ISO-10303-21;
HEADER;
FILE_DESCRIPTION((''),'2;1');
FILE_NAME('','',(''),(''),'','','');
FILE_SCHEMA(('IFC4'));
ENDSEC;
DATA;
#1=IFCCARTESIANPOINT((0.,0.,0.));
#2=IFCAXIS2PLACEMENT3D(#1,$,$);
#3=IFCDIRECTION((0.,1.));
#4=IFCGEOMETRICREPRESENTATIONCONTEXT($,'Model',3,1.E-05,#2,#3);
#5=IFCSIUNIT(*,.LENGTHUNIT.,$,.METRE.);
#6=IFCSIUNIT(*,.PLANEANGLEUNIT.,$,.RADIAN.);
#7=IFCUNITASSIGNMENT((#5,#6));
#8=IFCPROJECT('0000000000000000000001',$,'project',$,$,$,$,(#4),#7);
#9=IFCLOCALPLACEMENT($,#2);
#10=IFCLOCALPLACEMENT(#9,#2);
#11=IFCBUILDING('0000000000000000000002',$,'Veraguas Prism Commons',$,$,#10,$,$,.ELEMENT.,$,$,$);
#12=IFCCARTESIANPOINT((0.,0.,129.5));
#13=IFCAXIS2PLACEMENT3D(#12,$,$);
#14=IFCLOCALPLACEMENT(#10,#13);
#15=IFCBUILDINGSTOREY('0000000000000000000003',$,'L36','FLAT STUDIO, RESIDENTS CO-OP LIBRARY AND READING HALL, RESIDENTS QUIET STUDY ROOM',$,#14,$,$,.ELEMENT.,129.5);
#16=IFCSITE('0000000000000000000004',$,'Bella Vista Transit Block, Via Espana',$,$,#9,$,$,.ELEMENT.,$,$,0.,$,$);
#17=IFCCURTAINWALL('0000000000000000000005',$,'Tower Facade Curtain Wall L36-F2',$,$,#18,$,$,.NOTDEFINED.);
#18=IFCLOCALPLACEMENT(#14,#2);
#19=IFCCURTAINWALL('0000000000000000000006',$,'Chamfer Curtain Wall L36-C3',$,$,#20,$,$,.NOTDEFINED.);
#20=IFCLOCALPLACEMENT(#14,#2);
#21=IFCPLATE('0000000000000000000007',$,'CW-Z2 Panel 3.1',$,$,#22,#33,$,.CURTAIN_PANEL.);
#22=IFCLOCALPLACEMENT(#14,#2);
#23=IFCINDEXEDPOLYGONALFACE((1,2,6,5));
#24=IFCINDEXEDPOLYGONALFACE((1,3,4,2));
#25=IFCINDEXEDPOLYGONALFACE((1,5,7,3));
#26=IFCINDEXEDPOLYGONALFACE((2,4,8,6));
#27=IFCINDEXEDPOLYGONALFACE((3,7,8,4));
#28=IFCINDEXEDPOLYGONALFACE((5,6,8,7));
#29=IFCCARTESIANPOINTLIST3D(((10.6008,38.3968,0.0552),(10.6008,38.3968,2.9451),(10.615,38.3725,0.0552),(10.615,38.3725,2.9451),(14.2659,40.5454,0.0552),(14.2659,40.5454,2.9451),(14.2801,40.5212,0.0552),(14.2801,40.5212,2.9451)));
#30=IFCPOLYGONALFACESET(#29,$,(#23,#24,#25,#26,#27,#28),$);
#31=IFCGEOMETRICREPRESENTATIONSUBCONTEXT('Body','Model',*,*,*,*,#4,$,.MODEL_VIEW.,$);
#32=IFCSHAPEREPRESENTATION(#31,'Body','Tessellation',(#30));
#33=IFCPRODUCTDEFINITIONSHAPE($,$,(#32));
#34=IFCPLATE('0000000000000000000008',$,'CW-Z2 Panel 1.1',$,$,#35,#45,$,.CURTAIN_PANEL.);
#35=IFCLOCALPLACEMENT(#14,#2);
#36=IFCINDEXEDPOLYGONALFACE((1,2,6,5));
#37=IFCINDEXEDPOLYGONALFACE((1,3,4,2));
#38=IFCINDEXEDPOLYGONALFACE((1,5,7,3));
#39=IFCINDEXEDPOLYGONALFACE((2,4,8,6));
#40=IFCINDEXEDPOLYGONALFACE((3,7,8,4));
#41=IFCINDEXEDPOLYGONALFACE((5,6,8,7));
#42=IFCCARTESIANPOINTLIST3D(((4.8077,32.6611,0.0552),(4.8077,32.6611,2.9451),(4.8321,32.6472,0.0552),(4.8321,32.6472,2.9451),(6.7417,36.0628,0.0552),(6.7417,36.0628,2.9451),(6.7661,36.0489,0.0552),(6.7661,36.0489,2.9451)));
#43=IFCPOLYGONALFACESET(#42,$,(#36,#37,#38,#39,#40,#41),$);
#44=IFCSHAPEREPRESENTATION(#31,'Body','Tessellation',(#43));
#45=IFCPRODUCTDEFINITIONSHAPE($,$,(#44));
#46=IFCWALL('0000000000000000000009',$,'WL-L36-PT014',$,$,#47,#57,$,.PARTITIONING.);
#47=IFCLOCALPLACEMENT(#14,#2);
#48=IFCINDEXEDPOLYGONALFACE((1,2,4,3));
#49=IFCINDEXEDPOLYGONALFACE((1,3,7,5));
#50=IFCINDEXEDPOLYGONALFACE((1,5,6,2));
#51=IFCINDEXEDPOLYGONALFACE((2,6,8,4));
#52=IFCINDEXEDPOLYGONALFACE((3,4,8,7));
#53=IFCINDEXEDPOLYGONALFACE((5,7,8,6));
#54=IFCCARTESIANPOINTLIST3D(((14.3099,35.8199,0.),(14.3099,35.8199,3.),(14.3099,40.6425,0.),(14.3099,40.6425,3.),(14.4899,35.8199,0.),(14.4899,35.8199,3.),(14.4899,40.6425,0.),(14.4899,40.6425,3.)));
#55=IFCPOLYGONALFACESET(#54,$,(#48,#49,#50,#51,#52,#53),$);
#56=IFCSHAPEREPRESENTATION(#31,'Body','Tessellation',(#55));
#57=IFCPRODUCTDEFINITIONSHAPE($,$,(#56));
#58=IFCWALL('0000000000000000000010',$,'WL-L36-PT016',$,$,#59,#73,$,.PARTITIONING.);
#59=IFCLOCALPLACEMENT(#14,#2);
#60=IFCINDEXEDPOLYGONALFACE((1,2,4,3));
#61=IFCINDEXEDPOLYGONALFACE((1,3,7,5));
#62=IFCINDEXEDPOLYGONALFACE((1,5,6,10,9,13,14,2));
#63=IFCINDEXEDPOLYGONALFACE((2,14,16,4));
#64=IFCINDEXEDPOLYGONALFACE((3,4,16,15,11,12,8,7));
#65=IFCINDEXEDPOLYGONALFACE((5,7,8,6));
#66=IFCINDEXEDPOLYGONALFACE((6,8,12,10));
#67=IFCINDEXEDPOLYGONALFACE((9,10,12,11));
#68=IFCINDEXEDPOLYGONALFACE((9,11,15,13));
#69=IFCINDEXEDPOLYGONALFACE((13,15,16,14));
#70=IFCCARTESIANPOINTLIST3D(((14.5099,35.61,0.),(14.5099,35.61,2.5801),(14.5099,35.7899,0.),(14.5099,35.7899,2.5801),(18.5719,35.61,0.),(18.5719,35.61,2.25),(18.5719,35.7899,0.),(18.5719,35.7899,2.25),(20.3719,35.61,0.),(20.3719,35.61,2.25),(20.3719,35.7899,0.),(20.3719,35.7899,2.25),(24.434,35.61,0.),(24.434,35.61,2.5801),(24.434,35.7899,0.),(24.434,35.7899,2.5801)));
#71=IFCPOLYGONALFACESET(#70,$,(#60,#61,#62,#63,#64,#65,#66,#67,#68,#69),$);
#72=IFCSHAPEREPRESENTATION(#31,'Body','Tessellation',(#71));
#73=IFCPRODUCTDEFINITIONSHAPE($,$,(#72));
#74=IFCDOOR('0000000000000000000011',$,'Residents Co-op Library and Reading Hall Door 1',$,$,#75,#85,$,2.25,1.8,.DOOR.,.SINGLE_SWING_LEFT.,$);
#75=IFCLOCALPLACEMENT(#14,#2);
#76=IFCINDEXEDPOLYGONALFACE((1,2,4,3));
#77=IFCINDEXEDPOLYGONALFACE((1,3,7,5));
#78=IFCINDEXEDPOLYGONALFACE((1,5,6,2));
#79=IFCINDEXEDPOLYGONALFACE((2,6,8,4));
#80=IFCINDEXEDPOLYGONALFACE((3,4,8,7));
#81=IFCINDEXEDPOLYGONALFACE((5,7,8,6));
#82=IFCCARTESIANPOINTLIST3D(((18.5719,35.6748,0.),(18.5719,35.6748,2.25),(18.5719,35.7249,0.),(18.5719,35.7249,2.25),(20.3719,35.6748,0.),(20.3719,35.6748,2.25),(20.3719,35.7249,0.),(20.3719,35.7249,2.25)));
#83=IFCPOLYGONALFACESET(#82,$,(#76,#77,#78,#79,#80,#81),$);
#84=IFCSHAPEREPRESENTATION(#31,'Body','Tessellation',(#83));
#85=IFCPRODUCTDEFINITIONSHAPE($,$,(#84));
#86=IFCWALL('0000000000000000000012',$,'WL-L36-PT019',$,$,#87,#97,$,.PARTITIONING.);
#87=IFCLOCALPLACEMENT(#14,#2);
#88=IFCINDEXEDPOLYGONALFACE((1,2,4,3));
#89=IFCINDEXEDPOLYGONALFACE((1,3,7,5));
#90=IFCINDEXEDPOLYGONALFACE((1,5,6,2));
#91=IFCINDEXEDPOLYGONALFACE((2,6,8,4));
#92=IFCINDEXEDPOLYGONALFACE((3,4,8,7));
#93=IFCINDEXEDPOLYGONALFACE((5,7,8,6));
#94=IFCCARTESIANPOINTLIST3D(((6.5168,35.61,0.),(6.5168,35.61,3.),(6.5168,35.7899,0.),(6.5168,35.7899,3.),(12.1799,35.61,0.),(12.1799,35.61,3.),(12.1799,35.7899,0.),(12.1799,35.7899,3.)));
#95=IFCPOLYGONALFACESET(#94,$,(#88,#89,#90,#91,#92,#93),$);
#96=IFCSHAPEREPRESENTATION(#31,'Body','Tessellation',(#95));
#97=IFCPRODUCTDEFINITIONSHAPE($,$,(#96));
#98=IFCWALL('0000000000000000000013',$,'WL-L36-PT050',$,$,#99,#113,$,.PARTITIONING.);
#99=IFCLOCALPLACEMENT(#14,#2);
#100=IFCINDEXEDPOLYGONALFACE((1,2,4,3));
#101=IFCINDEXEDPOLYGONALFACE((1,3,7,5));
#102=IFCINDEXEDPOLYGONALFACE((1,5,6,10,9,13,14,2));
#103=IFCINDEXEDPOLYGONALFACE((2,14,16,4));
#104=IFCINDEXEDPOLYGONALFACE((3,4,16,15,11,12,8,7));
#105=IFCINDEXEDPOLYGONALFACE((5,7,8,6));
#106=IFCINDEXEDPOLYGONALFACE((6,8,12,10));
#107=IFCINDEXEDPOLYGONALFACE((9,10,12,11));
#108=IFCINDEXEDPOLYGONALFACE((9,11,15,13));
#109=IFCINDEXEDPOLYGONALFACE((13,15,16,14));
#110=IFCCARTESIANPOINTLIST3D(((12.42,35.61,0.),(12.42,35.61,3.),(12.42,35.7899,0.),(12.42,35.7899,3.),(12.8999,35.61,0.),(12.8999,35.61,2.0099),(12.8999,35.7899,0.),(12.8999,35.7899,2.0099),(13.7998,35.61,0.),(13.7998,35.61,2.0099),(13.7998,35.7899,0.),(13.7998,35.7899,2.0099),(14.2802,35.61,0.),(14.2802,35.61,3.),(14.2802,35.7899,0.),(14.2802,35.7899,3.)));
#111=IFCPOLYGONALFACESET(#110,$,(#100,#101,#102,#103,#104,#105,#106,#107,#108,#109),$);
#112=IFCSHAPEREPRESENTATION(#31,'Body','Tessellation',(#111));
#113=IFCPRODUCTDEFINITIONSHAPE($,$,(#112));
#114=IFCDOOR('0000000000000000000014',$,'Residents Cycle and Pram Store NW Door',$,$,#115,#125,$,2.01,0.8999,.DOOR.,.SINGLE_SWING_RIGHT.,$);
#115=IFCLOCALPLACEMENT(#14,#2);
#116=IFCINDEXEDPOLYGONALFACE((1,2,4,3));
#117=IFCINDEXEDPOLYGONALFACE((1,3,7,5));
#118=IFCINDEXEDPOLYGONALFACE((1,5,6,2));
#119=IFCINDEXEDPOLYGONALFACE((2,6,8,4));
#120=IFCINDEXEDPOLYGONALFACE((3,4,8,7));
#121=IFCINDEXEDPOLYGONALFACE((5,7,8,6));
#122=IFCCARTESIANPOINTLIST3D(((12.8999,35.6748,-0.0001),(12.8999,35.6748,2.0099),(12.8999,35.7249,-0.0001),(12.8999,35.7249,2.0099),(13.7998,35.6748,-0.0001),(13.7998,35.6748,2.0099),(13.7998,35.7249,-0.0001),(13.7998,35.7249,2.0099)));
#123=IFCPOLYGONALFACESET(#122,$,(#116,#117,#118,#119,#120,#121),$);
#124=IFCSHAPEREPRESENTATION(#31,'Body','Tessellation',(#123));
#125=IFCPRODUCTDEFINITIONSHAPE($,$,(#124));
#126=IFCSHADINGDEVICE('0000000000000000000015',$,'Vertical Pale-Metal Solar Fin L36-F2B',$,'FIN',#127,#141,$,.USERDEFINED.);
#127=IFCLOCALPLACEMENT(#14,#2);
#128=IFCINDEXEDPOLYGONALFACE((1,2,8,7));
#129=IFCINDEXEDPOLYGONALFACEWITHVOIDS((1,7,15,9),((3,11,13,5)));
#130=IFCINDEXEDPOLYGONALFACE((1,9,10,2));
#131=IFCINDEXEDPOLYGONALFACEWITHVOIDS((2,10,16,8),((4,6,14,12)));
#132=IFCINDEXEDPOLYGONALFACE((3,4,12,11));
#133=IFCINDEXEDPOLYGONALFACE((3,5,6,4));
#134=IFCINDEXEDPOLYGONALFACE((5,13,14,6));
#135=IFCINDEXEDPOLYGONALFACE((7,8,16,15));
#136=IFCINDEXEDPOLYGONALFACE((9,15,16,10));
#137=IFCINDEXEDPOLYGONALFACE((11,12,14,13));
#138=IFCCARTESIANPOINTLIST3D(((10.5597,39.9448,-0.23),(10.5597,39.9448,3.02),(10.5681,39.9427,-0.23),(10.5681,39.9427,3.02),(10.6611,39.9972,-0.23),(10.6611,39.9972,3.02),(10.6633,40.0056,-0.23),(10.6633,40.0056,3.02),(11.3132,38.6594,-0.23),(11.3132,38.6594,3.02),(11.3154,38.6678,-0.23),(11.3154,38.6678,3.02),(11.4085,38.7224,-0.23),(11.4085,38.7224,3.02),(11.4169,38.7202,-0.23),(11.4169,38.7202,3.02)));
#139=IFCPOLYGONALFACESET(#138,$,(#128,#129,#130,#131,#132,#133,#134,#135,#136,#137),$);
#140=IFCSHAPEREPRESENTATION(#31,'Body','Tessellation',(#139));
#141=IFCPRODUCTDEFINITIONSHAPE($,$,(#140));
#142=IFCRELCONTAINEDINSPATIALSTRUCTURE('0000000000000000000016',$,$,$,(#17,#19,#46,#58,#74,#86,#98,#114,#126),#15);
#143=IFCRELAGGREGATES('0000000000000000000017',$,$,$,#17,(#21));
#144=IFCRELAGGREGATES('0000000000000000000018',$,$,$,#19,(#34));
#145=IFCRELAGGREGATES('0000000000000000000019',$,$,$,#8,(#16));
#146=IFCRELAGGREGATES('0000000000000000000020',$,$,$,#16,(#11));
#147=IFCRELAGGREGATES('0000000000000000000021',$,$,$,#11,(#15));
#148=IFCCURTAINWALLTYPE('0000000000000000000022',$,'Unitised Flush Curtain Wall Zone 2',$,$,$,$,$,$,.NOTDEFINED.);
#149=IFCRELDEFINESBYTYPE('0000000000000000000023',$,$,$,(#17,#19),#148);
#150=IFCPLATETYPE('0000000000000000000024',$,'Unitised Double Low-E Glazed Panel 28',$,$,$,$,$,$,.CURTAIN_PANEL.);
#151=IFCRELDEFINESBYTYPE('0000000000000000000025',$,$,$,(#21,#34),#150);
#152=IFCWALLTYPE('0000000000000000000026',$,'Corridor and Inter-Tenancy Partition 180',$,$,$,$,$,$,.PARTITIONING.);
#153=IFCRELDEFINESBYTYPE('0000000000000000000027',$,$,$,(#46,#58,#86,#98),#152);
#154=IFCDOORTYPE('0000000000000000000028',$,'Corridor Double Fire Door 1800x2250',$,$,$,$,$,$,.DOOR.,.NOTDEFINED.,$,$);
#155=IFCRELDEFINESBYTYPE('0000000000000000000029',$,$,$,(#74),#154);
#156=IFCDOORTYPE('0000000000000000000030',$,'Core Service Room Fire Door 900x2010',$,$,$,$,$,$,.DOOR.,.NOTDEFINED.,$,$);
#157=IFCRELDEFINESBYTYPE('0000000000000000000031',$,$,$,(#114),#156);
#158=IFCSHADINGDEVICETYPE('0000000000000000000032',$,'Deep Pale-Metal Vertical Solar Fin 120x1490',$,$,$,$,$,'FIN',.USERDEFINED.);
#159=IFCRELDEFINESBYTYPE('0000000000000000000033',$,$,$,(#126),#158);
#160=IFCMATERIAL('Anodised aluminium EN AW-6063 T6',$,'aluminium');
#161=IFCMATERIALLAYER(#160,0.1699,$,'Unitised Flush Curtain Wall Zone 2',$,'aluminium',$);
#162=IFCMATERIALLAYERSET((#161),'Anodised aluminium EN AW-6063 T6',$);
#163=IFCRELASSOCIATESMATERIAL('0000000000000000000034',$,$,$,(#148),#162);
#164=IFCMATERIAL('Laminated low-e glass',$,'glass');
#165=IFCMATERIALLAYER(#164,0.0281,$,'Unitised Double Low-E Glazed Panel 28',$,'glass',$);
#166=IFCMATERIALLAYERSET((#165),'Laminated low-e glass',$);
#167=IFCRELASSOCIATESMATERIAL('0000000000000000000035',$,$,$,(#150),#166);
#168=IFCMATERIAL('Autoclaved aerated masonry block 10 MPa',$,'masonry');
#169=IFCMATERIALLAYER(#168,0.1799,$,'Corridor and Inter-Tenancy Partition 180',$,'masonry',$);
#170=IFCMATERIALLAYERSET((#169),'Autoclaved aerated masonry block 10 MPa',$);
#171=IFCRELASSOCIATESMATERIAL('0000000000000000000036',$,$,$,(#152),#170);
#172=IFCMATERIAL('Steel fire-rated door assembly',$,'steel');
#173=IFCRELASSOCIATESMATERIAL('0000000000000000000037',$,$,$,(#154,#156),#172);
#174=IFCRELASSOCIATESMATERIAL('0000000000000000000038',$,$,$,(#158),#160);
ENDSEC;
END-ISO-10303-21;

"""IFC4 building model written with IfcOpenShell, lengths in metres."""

from ifc_helpers import new_model, si_unit, direction, frame, frame_2d, origin, origin_2d, place, context, subcontext, project, spatial, rectangle, hollow_rectangle, extrude, source, transform, mapped, material, layer, layer_set, material_profile, profile_set, type_object, element, fill, aggregate, save


model = new_model("IFC4")

# Units and contexts
model_context = context("Model", 3, precision=1e-05, world=origin(), true_north=direction((0.0, 1.0)))
body_context = subcontext(model_context, "Body", "Model", "MODEL_VIEW")
ifc_project = project(units=[si_unit("LENGTHUNIT", "METRE"), si_unit("PLANEANGLEUNIT", "RADIAN")], contexts=[model_context])

# Site, building, storey
site_placement = place(None, origin())
site = spatial("IfcSite", under=ifc_project, at=site_placement, Name="Bella Vista Transit Block, Via Espana", CompositionType="ELEMENT", RefElevation=0.0)
building_placement = place(site_placement, origin())
building = spatial("IfcBuilding", under=site, at=building_placement, Name="Veraguas Prism Commons", CompositionType="ELEMENT")
storey_placement = place(building_placement, frame((0.0, 0.0, 129.5)))
storey = spatial("IfcBuildingStorey", under=building, at=storey_placement, Name="L36", Description="FLAT STUDIO, RESIDENTS CO-OP LIBRARY AND READING HALL, RESIDENTS QUIET STUDY ROOM", CompositionType="ELEMENT", Elevation=129.5)

# Curtain wall
ifc_material_1 = material(Name="Anodised aluminium EN AW-6063 T6", Category="aluminium")
ifc_layer_1 = layer(ifc_material_1, 0.1699, Name="Unitised Flush Curtain Wall Zone 2", Category="aluminium")
ifc_layer_set_1 = layer_set([ifc_layer_1], Name="Anodised aluminium EN AW-6063 T6")
curtain_wall_type = type_object("IfcCurtainWallType", Name="Unitised Flush Curtain Wall Zone 2", PredefinedType="NOTDEFINED", material=ifc_layer_set_1)
curtain_wall_1_placement = place(storey_placement, origin())
curtain_wall_1 = element("IfcCurtainWall", 1, at=curtain_wall_1_placement, inside=storey, type_object=curtain_wall_type, Name="Tower Facade Curtain Wall L36-F2", PredefinedType="NOTDEFINED")

# Curtain wall
curtain_wall_2_placement = place(storey_placement, origin())
curtain_wall_2 = element("IfcCurtainWall", 2, at=curtain_wall_2_placement, inside=storey, type_object=curtain_wall_type, Name="Chamfer Curtain Wall L36-C3", PredefinedType="NOTDEFINED")

# Plates
ifc_material_2 = material(Name="Laminated low-e glass", Category="glass")
ifc_layer_2 = layer(ifc_material_2, 0.0281, Name="Unitised Double Low-E Glazed Panel 28", Category="glass")
ifc_layer_set_2 = layer_set([ifc_layer_2], Name="Laminated low-e glass")
plate_type = type_object("IfcPlateType", Name="Unitised Double Low-E Glazed Panel 28", PredefinedType="CURTAIN_PANEL", material=ifc_layer_set_2)
shared_shape_1 = source(origin(), body_context, "Body", "SweptSolid", [
    extrude(rectangle(XDim=4.2485, YDim=0.0281, at=origin_2d()), origin(), (0.0, 0.0, 1.0), 2.8899),
])
plate_1_placement = place(storey_placement, frame((12.4404, 39.459, 0.0552), z_axis=(0.0, 0.0, 1.0), x_axis=(-0.862686, -0.50574, 0.0)))
plate_1 = element("IfcPlate", 3, at=plate_1_placement, type_object=plate_type, Name="CW-Z2 Panel 3.1", PredefinedType="CURTAIN_PANEL", context=body_context, shape_type="MappedRepresentation", body=[
    mapped(shared_shape_1, transform((0.0, 0.0, 0.0), scale=1.0)),
])
aggregate(curtain_wall_1, [plate_1])
shared_shape_2 = source(origin(), body_context, "Body", "SweptSolid", [
    extrude(rectangle(XDim=3.9131, YDim=0.0281, at=origin_2d()), origin(), (0.0, 0.0, 1.0), 2.8899),
])
plate_2_placement = place(storey_placement, frame((5.7869, 34.355, 0.0552), z_axis=(0.0, 0.0, 1.0), x_axis=(-0.494244, -0.869323, 0.0)))
plate_2 = element("IfcPlate", 4, at=plate_2_placement, type_object=plate_type, Name="CW-Z2 Panel 1.1", PredefinedType="CURTAIN_PANEL", context=body_context, shape_type="MappedRepresentation", body=[
    mapped(shared_shape_2, transform((0.0, 0.0, 0.0), scale=1.0)),
])
aggregate(curtain_wall_2, [plate_2])

# Wall
ifc_material_3 = material(Name="Autoclaved aerated masonry block 10 MPa", Category="masonry")
ifc_layer_3 = layer(ifc_material_3, 0.1799, Name="Corridor and Inter-Tenancy Partition 180", Category="masonry")
ifc_layer_set_3 = layer_set([ifc_layer_3], Name="Autoclaved aerated masonry block 10 MPa")
wall_type = type_object("IfcWallType", Name="Corridor and Inter-Tenancy Partition 180", PredefinedType="PARTITIONING", material=ifc_layer_set_3)
wall_1_placement = place(storey_placement, frame((14.3999, 35.8201, 0.0), z_axis=(0.0, 0.0, 1.0), x_axis=(0.0, 1.0, 0.0)))
element("IfcWall", 5, at=wall_1_placement, inside=storey, type_object=wall_type, Name="WL-L36-PT014", PredefinedType="PARTITIONING", context=body_context, shape_type="SweptSolid", body=[
    extrude(rectangle(XDim=4.8225, YDim=0.1799, at=frame_2d((2.4111, 0.0))), origin(), (0.0, 0.0, 1.0), 3.0),
])

# Wall, opening, door
wall_2_placement = place(storey_placement, frame((14.51, 35.7, 0.0), z_axis=(0.0, 0.0, 1.0), x_axis=(1.0, 0.0, 0.0)))
wall_2 = element("IfcWall", 6, at=wall_2_placement, inside=storey, type_object=wall_type, Name="WL-L36-PT016", PredefinedType="PARTITIONING", context=body_context, shape_type="SweptSolid", body=[
    extrude(rectangle(XDim=9.9241, YDim=0.1799, at=frame_2d((4.9619, 0.0))), origin(), (0.0, 0.0, 1.0), 2.5801),
])
opening_1_placement = place(wall_2_placement, frame((4.062, 0.0, 0.0)))
opening_1 = element("IfcOpeningElement", 7, at=opening_1_placement, cuts=wall_2, PredefinedType="OPENING", context=body_context, shape_type="SweptSolid", body=[
    extrude(rectangle(XDim=1.8, YDim=2.25, at=frame_2d((0.8999, 1.125))), frame((0.0, 0.0999, 0.0), z_axis=(0.0, -1.0, 0.0), x_axis=(1.0, 0.0, 0.0)), (0.0, 0.0, 1.0), 0.2),
])
ifc_material_4 = material(Name="Steel fire-rated door assembly", Category="steel")
door_type_1 = type_object("IfcDoorType", Name="Corridor Double Fire Door 1800x2250", OperationType="NOTDEFINED", PredefinedType="DOOR", material=ifc_material_4)
shared_shape_3 = source(origin(), body_context, "Body", "SweptSolid", [
    extrude(rectangle(XDim=1.8, YDim=2.25, at=frame_2d((0.8999, 1.125))), frame((0.0, 0.0249, 0.0), z_axis=(0.0, -1.0, 0.0), x_axis=(1.0, 0.0, 0.0)), (0.0, 0.0, 1.0), 0.05),
])
door_1_placement = place(opening_1_placement, origin())
door_1 = element("IfcDoor", 8, at=door_1_placement, inside=storey, type_object=door_type_1, Name="Residents Co-op Library and Reading Hall Door 1", OperationType="SINGLE_SWING_LEFT", OverallHeight=2.25, OverallWidth=1.8, PredefinedType="DOOR", context=body_context, shape_type="MappedRepresentation", body=[
    mapped(shared_shape_3, transform((0.0, 0.0, 0.0), scale=1.0)),
])
fill(opening_1, door_1)

# Wall
wall_3_placement = place(storey_placement, frame((12.1799, 35.7, 0.0), z_axis=(0.0, 0.0, 1.0), x_axis=(-1.0, 0.0, 0.0)))
element("IfcWall", 9, at=wall_3_placement, inside=storey, type_object=wall_type, Name="WL-L36-PT019", PredefinedType="PARTITIONING", context=body_context, shape_type="SweptSolid", body=[
    extrude(rectangle(XDim=5.6631, YDim=0.1799, at=frame_2d((2.8315, 0.0))), origin(), (0.0, 0.0, 1.0), 3.0),
])

# Wall, opening, door
wall_4_placement = place(storey_placement, frame((12.4199, 35.7, 0.0), z_axis=(0.0, 0.0, 1.0), x_axis=(1.0, 0.0, 0.0)))
wall_4 = element("IfcWall", 10, at=wall_4_placement, inside=storey, type_object=wall_type, Name="WL-L36-PT050", PredefinedType="PARTITIONING", context=body_context, shape_type="SweptSolid", body=[
    extrude(rectangle(XDim=1.8601, YDim=0.1799, at=frame_2d((0.9302, 0.0))), origin(), (0.0, 0.0, 1.0), 3.0),
])
opening_2_placement = place(wall_4_placement, frame((0.48, 0.0, 0.0)))
opening_2 = element("IfcOpeningElement", 11, at=opening_2_placement, cuts=wall_4, PredefinedType="OPENING", context=body_context, shape_type="SweptSolid", body=[
    extrude(rectangle(XDim=0.8999, YDim=2.01, at=frame_2d((0.45, 1.0049))), frame((0.0, 0.0999, 0.0), z_axis=(0.0, -1.0, 0.0), x_axis=(1.0, 0.0, 0.0)), (0.0, 0.0, 1.0), 0.2),
])
door_type_2 = type_object("IfcDoorType", Name="Core Service Room Fire Door 900x2010", OperationType="NOTDEFINED", PredefinedType="DOOR", material=ifc_material_4)
shared_shape_4 = source(origin(), body_context, "Body", "SweptSolid", [
    extrude(rectangle(XDim=0.8999, YDim=2.01, at=frame_2d((0.45, 1.0049))), frame((0.0, 0.0249, 0.0), z_axis=(0.0, -1.0, 0.0), x_axis=(1.0, 0.0, 0.0)), (0.0, 0.0, 1.0), 0.05),
])
door_2_placement = place(opening_2_placement, origin())
door_2 = element("IfcDoor", 12, at=door_2_placement, inside=storey, type_object=door_type_2, Name="Residents Cycle and Pram Store NW Door", OperationType="SINGLE_SWING_RIGHT", OverallHeight=2.01, OverallWidth=0.8999, PredefinedType="DOOR", context=body_context, shape_type="MappedRepresentation", body=[
    mapped(shared_shape_4, transform((0.0, 0.0, 0.0), scale=1.0)),
])
fill(opening_2, door_2)

# Shading device
ifc_material_profile_1 = material_profile(ifc_material_1, hollow_rectangle(XDim=0.1201, YDim=1.49, WallThickness=0.0061, at=origin_2d()), Name="FIN120X1490X6")
ifc_profile_set_1 = profile_set([ifc_material_profile_1], Name="Anodised aluminium EN AW-6063 T6")
shading_device_type = type_object("IfcShadingDeviceType", Name="Deep Pale-Metal Vertical Solar Fin 120x1490", ElementType="FIN", PredefinedType="USERDEFINED", material=ifc_profile_set_1)
shading_device_placement = place(storey_placement, frame((10.9883, 39.3325, -0.23), z_axis=(0.0, 0.0, 1.0), x_axis=(-0.862688, -0.505736, 0.0)))
element("IfcShadingDevice", 13, at=shading_device_placement, inside=storey, type_object=shading_device_type, Name="Vertical Pale-Metal Solar Fin L36-F2B", ObjectType="FIN", PredefinedType="USERDEFINED", context=body_context, shape_type="SweptSolid", body=[
    extrude(hollow_rectangle(XDim=0.1201, YDim=1.49, WallThickness=0.0061, at=origin_2d()), origin(), (0.0, 0.0, 1.0), 3.25),
])

save(model, "model.ifc")
